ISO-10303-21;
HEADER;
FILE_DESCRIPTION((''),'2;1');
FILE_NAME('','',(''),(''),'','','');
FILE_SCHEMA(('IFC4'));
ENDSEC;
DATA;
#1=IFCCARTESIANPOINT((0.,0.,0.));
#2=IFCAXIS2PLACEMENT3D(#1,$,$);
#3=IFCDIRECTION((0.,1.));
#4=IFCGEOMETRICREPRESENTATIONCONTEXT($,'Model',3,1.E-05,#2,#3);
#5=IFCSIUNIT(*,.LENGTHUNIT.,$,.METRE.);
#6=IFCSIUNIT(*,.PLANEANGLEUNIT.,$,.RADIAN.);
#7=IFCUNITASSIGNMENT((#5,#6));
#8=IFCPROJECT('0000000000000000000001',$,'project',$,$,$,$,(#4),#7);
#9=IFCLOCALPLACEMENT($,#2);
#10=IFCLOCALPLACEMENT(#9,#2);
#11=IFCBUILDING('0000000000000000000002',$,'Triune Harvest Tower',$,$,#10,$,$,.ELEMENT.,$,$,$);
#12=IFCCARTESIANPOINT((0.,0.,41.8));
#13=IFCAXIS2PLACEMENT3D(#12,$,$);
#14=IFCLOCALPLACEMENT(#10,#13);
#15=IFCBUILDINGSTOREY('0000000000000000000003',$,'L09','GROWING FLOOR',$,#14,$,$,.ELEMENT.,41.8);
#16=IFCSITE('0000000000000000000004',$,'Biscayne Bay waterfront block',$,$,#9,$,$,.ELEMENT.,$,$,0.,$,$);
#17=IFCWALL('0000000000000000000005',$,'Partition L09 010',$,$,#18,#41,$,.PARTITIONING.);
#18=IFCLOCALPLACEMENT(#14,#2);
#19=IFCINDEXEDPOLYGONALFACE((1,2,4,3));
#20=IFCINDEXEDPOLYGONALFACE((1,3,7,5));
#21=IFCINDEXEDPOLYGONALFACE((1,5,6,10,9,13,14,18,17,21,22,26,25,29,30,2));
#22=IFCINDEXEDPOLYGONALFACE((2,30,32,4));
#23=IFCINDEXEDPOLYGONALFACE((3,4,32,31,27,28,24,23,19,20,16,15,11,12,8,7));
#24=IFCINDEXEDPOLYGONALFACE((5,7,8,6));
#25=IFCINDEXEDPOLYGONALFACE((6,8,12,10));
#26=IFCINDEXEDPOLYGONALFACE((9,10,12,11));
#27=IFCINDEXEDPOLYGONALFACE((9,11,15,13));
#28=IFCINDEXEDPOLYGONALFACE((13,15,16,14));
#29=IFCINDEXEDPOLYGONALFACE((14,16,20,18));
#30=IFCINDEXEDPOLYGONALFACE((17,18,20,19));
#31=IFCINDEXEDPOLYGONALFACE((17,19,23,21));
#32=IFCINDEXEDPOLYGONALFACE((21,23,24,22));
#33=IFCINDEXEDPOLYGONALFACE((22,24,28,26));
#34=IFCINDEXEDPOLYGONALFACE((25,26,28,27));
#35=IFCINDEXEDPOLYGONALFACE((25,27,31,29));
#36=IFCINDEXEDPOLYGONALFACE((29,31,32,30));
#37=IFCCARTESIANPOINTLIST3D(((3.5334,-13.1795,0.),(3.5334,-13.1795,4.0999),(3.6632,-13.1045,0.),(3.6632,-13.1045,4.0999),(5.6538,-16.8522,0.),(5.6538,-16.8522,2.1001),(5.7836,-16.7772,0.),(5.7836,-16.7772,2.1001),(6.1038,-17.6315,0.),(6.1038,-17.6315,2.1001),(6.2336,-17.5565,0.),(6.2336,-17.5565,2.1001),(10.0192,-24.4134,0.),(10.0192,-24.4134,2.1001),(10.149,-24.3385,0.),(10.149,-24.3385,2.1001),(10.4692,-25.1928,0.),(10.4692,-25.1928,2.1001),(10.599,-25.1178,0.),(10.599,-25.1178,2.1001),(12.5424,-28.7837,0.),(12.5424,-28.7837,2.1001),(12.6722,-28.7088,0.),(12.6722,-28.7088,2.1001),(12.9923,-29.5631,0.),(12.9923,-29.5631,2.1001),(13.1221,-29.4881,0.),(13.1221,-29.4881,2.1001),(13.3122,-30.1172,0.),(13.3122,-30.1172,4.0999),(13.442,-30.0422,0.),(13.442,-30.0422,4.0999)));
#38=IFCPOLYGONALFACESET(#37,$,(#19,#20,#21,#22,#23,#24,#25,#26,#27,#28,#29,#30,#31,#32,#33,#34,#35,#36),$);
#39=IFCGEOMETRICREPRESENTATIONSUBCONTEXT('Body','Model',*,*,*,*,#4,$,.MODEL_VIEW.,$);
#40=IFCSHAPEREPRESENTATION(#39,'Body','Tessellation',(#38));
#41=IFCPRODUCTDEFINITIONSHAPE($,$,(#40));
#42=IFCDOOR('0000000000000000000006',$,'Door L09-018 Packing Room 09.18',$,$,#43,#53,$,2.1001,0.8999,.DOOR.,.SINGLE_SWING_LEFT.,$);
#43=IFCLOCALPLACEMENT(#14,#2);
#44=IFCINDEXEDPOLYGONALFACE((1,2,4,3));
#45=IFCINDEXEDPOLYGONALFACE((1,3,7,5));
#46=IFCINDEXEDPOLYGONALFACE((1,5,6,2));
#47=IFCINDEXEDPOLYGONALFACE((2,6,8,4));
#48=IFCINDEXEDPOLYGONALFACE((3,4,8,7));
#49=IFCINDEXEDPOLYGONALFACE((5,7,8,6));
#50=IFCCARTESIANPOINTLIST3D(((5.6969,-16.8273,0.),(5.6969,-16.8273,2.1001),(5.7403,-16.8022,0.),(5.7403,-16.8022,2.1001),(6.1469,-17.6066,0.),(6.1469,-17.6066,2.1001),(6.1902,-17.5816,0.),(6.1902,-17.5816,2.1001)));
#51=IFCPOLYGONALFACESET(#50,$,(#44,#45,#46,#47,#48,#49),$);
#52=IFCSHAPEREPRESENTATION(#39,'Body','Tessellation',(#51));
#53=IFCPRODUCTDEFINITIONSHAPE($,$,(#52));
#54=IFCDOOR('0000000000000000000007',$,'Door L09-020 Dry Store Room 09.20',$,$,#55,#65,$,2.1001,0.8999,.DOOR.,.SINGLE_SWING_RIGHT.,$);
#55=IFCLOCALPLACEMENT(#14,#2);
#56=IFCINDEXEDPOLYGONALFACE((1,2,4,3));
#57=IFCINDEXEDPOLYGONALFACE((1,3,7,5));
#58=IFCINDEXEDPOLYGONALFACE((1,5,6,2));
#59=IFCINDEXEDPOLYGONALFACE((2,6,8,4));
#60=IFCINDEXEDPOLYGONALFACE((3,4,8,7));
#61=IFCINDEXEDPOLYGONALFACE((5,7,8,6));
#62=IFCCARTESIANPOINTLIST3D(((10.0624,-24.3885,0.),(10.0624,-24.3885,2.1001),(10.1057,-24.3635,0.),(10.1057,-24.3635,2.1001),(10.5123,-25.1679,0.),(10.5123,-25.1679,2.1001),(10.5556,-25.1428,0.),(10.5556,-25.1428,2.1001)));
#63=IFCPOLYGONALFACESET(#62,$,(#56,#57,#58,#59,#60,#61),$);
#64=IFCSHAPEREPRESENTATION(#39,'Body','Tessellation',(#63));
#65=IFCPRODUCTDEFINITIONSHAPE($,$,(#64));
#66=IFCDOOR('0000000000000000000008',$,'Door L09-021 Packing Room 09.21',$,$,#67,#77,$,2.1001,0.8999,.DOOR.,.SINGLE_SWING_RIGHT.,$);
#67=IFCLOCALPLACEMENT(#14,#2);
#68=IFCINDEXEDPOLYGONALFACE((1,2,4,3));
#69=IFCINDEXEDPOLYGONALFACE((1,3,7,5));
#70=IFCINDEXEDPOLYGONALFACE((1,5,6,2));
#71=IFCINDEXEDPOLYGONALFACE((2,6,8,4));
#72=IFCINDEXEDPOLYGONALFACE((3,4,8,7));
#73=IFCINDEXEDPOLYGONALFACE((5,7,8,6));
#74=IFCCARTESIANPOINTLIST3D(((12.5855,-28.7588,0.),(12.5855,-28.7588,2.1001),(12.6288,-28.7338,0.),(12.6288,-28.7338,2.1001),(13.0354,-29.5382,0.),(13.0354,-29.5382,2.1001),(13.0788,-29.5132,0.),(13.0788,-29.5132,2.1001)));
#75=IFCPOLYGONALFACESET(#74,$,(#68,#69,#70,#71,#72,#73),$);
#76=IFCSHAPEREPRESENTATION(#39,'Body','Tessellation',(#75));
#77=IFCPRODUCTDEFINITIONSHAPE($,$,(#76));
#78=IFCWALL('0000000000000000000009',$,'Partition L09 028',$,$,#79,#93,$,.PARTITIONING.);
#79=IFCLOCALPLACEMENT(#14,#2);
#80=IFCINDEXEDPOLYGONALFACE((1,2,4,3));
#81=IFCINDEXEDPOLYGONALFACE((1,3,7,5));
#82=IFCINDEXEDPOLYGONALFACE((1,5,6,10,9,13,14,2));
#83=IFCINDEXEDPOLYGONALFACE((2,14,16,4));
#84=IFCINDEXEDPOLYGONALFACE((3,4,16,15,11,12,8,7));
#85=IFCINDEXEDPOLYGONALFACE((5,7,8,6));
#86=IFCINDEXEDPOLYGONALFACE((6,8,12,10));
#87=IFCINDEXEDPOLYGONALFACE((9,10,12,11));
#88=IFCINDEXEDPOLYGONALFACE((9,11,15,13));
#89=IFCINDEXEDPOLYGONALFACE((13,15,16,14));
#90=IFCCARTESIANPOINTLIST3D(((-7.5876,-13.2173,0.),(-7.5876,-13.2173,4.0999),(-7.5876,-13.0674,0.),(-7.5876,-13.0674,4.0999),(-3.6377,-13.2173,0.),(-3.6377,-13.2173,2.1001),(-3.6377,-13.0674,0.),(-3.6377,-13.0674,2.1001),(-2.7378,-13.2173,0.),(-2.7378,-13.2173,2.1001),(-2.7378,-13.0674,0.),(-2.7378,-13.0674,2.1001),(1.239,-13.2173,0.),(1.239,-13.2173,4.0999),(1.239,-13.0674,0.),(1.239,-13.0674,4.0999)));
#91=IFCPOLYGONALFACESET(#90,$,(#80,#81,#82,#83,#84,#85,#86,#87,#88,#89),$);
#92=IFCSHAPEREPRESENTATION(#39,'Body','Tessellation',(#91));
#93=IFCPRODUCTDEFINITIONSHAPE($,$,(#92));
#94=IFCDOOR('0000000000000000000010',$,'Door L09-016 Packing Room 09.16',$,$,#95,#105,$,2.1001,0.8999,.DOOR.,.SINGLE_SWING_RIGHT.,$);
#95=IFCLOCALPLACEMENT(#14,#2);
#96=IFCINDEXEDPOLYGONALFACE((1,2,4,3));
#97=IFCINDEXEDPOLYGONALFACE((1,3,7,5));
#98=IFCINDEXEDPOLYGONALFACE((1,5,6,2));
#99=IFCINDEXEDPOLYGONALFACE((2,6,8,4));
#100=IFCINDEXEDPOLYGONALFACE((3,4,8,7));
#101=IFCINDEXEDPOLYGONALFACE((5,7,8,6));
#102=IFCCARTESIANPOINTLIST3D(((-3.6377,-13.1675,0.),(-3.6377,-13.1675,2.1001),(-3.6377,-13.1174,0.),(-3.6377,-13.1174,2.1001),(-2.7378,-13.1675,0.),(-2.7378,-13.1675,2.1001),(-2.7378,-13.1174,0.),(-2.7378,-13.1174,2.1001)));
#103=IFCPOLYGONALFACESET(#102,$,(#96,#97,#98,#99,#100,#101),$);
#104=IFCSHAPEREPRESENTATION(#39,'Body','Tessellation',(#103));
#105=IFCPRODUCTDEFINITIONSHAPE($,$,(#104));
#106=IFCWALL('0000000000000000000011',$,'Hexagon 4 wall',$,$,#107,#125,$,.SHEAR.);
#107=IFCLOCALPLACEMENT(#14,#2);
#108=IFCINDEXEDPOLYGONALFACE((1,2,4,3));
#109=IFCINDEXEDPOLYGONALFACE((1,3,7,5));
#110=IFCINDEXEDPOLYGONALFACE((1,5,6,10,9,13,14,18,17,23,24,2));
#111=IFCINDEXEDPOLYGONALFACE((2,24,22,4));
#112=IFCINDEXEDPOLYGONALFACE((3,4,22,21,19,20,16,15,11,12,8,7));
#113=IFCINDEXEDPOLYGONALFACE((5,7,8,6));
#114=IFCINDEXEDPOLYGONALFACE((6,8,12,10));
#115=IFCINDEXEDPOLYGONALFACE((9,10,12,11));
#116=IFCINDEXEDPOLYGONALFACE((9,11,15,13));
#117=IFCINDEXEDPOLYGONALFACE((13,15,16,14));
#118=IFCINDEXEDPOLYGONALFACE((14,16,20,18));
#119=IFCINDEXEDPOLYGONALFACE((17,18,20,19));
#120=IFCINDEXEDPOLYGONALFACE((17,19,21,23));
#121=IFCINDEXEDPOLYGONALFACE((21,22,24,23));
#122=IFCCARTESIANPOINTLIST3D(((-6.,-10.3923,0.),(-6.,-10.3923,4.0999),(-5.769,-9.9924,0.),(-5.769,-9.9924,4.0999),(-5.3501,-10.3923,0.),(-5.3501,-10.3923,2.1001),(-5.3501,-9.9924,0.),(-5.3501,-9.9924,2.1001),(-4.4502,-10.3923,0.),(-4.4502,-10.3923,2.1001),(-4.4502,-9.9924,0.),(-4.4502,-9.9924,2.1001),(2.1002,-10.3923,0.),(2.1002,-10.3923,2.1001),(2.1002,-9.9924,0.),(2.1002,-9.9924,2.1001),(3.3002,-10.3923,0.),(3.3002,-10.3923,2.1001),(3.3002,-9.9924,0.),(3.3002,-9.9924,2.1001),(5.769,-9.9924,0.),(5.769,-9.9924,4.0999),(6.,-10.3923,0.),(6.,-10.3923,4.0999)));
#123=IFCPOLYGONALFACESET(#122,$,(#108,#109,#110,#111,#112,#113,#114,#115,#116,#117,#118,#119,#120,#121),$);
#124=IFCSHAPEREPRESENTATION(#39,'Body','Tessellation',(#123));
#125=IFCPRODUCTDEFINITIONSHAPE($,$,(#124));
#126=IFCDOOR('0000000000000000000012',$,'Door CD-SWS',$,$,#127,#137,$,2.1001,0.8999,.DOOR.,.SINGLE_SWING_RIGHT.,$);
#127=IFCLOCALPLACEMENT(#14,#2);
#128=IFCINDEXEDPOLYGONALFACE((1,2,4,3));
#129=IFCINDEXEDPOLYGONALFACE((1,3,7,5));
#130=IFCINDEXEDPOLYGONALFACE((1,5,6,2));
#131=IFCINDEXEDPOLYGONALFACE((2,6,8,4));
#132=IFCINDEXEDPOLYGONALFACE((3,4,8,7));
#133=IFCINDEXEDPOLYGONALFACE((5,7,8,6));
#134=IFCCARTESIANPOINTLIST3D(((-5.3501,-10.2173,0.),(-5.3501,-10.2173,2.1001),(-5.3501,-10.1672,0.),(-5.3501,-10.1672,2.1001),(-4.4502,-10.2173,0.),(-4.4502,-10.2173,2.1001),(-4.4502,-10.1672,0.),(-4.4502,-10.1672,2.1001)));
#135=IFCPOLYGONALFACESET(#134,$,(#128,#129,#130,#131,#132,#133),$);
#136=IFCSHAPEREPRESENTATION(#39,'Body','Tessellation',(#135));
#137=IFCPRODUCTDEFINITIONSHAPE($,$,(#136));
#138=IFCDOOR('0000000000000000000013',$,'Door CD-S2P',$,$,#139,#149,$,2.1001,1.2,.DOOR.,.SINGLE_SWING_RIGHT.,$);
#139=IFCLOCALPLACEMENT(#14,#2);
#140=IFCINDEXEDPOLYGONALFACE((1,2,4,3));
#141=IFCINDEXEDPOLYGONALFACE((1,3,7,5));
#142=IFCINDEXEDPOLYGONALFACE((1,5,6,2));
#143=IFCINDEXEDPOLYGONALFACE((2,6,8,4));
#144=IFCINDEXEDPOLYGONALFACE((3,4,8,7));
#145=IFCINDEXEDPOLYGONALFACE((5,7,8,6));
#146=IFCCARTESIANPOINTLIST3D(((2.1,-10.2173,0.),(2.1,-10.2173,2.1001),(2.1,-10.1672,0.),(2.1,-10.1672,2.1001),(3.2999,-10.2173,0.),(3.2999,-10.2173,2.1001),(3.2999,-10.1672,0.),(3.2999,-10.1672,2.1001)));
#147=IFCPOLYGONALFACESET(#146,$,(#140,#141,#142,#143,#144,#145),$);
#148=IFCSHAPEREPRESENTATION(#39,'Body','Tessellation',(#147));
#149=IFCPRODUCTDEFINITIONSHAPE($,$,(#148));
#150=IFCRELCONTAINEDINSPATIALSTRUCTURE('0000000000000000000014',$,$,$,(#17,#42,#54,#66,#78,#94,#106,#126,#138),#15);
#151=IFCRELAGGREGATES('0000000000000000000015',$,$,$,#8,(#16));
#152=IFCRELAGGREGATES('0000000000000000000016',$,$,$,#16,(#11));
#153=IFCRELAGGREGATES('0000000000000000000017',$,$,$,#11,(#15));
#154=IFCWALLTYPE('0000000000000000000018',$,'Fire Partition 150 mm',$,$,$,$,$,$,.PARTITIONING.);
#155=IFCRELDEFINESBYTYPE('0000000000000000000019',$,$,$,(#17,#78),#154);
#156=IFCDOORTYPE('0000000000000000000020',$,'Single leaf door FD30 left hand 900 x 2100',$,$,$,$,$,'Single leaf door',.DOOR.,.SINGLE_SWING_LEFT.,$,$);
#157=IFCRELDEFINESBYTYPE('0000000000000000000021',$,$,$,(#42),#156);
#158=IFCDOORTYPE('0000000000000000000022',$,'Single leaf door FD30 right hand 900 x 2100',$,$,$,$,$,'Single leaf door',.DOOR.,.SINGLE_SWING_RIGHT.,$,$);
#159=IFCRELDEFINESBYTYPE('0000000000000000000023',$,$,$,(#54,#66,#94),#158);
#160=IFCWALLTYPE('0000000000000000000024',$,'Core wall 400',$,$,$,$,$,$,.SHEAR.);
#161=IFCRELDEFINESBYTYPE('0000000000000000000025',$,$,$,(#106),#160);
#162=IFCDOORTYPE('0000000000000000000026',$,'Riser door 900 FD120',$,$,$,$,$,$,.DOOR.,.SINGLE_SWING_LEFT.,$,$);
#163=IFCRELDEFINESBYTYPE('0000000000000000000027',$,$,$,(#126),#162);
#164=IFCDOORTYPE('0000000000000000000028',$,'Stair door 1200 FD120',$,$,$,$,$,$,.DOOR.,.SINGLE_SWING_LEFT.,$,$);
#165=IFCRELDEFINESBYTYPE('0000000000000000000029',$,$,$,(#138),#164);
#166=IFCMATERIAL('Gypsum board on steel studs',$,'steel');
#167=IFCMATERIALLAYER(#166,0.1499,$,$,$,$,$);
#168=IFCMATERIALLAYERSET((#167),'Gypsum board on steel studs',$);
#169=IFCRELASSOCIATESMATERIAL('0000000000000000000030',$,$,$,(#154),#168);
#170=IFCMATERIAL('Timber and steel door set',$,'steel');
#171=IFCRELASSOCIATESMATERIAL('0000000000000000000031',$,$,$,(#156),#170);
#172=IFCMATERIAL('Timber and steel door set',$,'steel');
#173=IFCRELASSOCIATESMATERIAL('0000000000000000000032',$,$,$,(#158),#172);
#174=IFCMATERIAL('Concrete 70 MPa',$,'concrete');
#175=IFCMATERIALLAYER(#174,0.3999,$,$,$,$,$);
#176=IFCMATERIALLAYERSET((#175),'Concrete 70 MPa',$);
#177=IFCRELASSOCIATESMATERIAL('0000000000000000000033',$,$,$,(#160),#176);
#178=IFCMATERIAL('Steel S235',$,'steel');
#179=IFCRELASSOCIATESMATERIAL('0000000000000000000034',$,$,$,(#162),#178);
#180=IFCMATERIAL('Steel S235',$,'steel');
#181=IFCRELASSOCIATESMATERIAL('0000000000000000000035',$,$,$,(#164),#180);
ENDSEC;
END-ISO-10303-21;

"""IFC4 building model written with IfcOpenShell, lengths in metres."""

from ifc_helpers import new_model, si_unit, direction, frame, frame_2d, origin, place, context, subcontext, project, spatial, polyline, rectangle, outline, extrude, source, transform, mapped, material, layer, layer_set, type_object, element, fill, save


model = new_model("IFC4")

# Units and contexts
model_context = context("Model", 3, precision=1e-05, world=origin(), true_north=direction((0.0, 1.0)))
body_context = subcontext(model_context, "Body", "Model", "MODEL_VIEW")
ifc_project = project(units=[si_unit("LENGTHUNIT", "METRE"), si_unit("PLANEANGLEUNIT", "RADIAN")], contexts=[model_context])

# Site, building, storey
site_placement = place(None, origin())
site = spatial("IfcSite", under=ifc_project, at=site_placement, Name="Biscayne Bay waterfront block", CompositionType="ELEMENT", RefElevation=0.0)
building_placement = place(site_placement, origin())
building = spatial("IfcBuilding", under=site, at=building_placement, Name="Triune Harvest Tower", CompositionType="ELEMENT")
storey_placement = place(building_placement, frame((0.0, 0.0, 41.8)))
storey = spatial("IfcBuildingStorey", under=building, at=storey_placement, Name="L09", Description="GROWING FLOOR", CompositionType="ELEMENT", Elevation=41.8)

# Shared definitions
ifc_material_1 = material(Name="Gypsum board on steel studs", Category="steel")
ifc_layer_1 = layer(ifc_material_1, 0.1499)
ifc_layer_set_1 = layer_set([ifc_layer_1], Name="Gypsum board on steel studs")
wall_type_1 = type_object("IfcWallType", Name="Fire Partition 150 mm", PredefinedType="PARTITIONING", material=ifc_layer_set_1)

# Wall, openings, doors
ifc_material_2 = material(Name="Timber and steel door set", Category="steel")
door_type_1 = type_object("IfcDoorType", Name="Single leaf door FD30 left hand 900 x 2100", ElementType="Single leaf door", OperationType="SINGLE_SWING_LEFT", PredefinedType="DOOR", material=ifc_material_2)
ifc_material_3 = material(Name="Timber and steel door set", Category="steel")
door_type_2 = type_object("IfcDoorType", Name="Single leaf door FD30 right hand 900 x 2100", ElementType="Single leaf door", OperationType="SINGLE_SWING_RIGHT", PredefinedType="DOOR", material=ifc_material_3)
wall_1_placement = place(storey_placement, frame((3.5984, -13.1421, 0.0), z_axis=(0.0, 0.0, 1.0), x_axis=(0.499992, -0.86603, 0.0)))
wall_1 = element("IfcWall", 1, at=wall_1_placement, inside=storey, type_object=wall_type_1, Name="Partition L09 010", PredefinedType="PARTITIONING", context=body_context, shape_type="SweptSolid", body=[
    extrude(rectangle(XDim=19.5579, YDim=0.1499, at=frame_2d((9.7788, 0.0))), origin(), (0.0, 0.0, 1.0), 4.0999),
])
opening_1_placement = place(wall_1_placement, frame((4.2407, 0.0, 0.0)))
opening_1 = element("IfcOpeningElement", 2, at=opening_1_placement, cuts=wall_1, PredefinedType="OPENING", context=body_context, shape_type="SweptSolid", body=[
    extrude(rectangle(XDim=0.8999, YDim=2.1001, at=frame_2d((0.45, 1.05))), frame((0.0, 0.085, 0.0), z_axis=(0.0, -1.0, 0.0), x_axis=(1.0, 0.0, 0.0)), (0.0, 0.0, 1.0), 0.1699),
])
opening_2_placement = place(wall_1_placement, frame((12.9717, 0.0, 0.0)))
opening_2 = element("IfcOpeningElement", 3, at=opening_2_placement, cuts=wall_1, PredefinedType="OPENING", context=body_context, shape_type="SweptSolid", body=[
    extrude(rectangle(XDim=0.8999, YDim=2.1001, at=frame_2d((0.45, 1.05))), frame((0.0, 0.085, 0.0), z_axis=(0.0, -1.0, 0.0), x_axis=(1.0, 0.0, 0.0)), (0.0, 0.0, 1.0), 0.1699),
])
opening_3_placement = place(wall_1_placement, frame((18.0181, 0.0, 0.0)))
opening_3 = element("IfcOpeningElement", 4, at=opening_3_placement, cuts=wall_1, PredefinedType="OPENING", context=body_context, shape_type="SweptSolid", body=[
    extrude(rectangle(XDim=0.8999, YDim=2.1001, at=frame_2d((0.45, 1.05))), frame((0.0, 0.085, 0.0), z_axis=(0.0, -1.0, 0.0), x_axis=(1.0, 0.0, 0.0)), (0.0, 0.0, 1.0), 0.1699),
])
door_1_placement = place(opening_1_placement, origin())
door_1 = element("IfcDoor", 5, at=door_1_placement, inside=storey, type_object=door_type_1, Name="Door L09-018 Packing Room 09.18", OperationType="SINGLE_SWING_LEFT", OverallHeight=2.1001, OverallWidth=0.8999, PredefinedType="DOOR", context=body_context, shape_type="SweptSolid", body=[
    extrude(rectangle(XDim=0.8999, YDim=2.1001, at=frame_2d((0.45, 1.05))), frame((0.0, 0.0249, 0.0), z_axis=(0.0, -1.0, 0.0), x_axis=(1.0, 0.0, 0.0)), (0.0, 0.0, 1.0), 0.05),
])
fill(opening_1, door_1)
door_2_placement = place(opening_2_placement, origin())
door_2 = element("IfcDoor", 6, at=door_2_placement, inside=storey, type_object=door_type_2, Name="Door L09-020 Dry Store Room 09.20", OperationType="SINGLE_SWING_RIGHT", OverallHeight=2.1001, OverallWidth=0.8999, PredefinedType="DOOR", context=body_context, shape_type="SweptSolid", body=[
    extrude(rectangle(XDim=0.8999, YDim=2.1001, at=frame_2d((0.45, 1.05))), frame((0.0, 0.0249, 0.0), z_axis=(0.0, -1.0, 0.0), x_axis=(1.0, 0.0, 0.0)), (0.0, 0.0, 1.0), 0.05),
])
fill(opening_2, door_2)
door_3_placement = place(opening_3_placement, origin())
door_3 = element("IfcDoor", 7, at=door_3_placement, inside=storey, type_object=door_type_2, Name="Door L09-021 Packing Room 09.21", OperationType="SINGLE_SWING_RIGHT", OverallHeight=2.1001, OverallWidth=0.8999, PredefinedType="DOOR", context=body_context, shape_type="SweptSolid", body=[
    extrude(rectangle(XDim=0.8999, YDim=2.1001, at=frame_2d((0.45, 1.05))), frame((0.0, 0.0249, 0.0), z_axis=(0.0, -1.0, 0.0), x_axis=(1.0, 0.0, 0.0)), (0.0, 0.0, 1.0), 0.05),
])
fill(opening_3, door_3)

# Wall, opening, door
wall_2_placement = place(storey_placement, frame((-7.5876, -13.1423, 0.0), z_axis=(0.0, 0.0, 1.0), x_axis=(1.0, 0.0, 0.0)))
wall_2 = element("IfcWall", 8, at=wall_2_placement, inside=storey, type_object=wall_type_1, Name="Partition L09 028", PredefinedType="PARTITIONING", context=body_context, shape_type="SweptSolid", body=[
    extrude(rectangle(XDim=8.8267, YDim=0.1499, at=frame_2d((4.4133, 0.0))), origin(), (0.0, 0.0, 1.0), 4.0999),
])
opening_4_placement = place(wall_2_placement, frame((3.95, 0.0, 0.0)))
opening_4 = element("IfcOpeningElement", 9, at=opening_4_placement, cuts=wall_2, PredefinedType="OPENING", context=body_context, shape_type="SweptSolid", body=[
    extrude(rectangle(XDim=0.8999, YDim=2.1001, at=frame_2d((0.45, 1.05))), frame((0.0, 0.085, 0.0), z_axis=(0.0, -1.0, 0.0), x_axis=(1.0, 0.0, 0.0)), (0.0, 0.0, 1.0), 0.1699),
])
door_4_placement = place(opening_4_placement, origin())
door_4 = element("IfcDoor", 10, at=door_4_placement, inside=storey, type_object=door_type_2, Name="Door L09-016 Packing Room 09.16", OperationType="SINGLE_SWING_RIGHT", OverallHeight=2.1001, OverallWidth=0.8999, PredefinedType="DOOR", context=body_context, shape_type="SweptSolid", body=[
    extrude(rectangle(XDim=0.8999, YDim=2.1001, at=frame_2d((0.45, 1.05))), frame((0.0, 0.0249, 0.0), z_axis=(0.0, -1.0, 0.0), x_axis=(1.0, 0.0, 0.0)), (0.0, 0.0, 1.0), 0.05),
])
fill(opening_4, door_4)

# Wall, openings, doors
ifc_material_4 = material(Name="Concrete 70 MPa", Category="concrete")
ifc_layer_2 = layer(ifc_material_4, 0.3999)
ifc_layer_set_2 = layer_set([ifc_layer_2], Name="Concrete 70 MPa")
wall_type_2 = type_object("IfcWallType", Name="Core wall 400", PredefinedType="SHEAR", material=ifc_layer_set_2)
shared_shape_1 = source(origin(), body_context, "Body", "SweptSolid", [
    extrude(outline(polyline([(-0.1155, -0.2), (11.8845, -0.2), (11.6536, 0.2), (0.1155, 0.2), (-0.1155, -0.2)])), origin(), (0.0, 0.0, 1.0), 4.0999),
])
wall_3_placement = place(storey_placement, frame((-5.8845, -10.1924, 0.0), z_axis=(0.0, 0.0, 1.0), x_axis=(1.0, 0.0, 0.0)))
wall_3 = element("IfcWall", 11, at=wall_3_placement, inside=storey, type_object=wall_type_2, Name="Hexagon 4 wall", PredefinedType="SHEAR", context=body_context, shape_type="MappedRepresentation", body=[
    mapped(shared_shape_1, transform((0.0, 0.0, 0.0), scale=1.0)),
])
opening_5_placement = place(wall_3_placement, frame((7.9846, 0.0, 0.0)))
opening_5 = element("IfcOpeningElement", 12, at=opening_5_placement, cuts=wall_3, PredefinedType="OPENING", context=body_context, shape_type="SweptSolid", body=[
    extrude(rectangle(XDim=1.2, YDim=2.1001, at=frame_2d((0.6001, 1.05))), frame((0.0, 0.21, 0.0), z_axis=(0.0, -1.0, 0.0), x_axis=(1.0, 0.0, 0.0)), (0.0, 0.0, 1.0), 0.4199),
])
opening_6_placement = place(wall_3_placement, frame((0.5344, 0.0, 0.0)))
opening_6 = element("IfcOpeningElement", 13, at=opening_6_placement, cuts=wall_3, PredefinedType="OPENING", context=body_context, shape_type="SweptSolid", body=[
    extrude(rectangle(XDim=0.8999, YDim=2.1001, at=frame_2d((0.45, 1.05))), frame((0.0, 0.21, 0.0), z_axis=(0.0, -1.0, 0.0), x_axis=(1.0, 0.0, 0.0)), (0.0, 0.0, 1.0), 0.4199),
])
ifc_material_5 = material(Name="Steel S235", Category="steel")
door_type_3 = type_object("IfcDoorType", Name="Riser door 900 FD120", OperationType="SINGLE_SWING_LEFT", PredefinedType="DOOR", material=ifc_material_5)
door_5_placement = place(opening_6_placement, frame((0.8999, 0.0, 0.0), z_axis=(0.0, 0.0, 1.0), x_axis=(-1.0, 0.0, 0.0)))
door_5 = element("IfcDoor", 14, at=door_5_placement, inside=storey, type_object=door_type_3, Name="Door CD-SWS", OperationType="SINGLE_SWING_RIGHT", OverallHeight=2.1001, OverallWidth=0.8999, PredefinedType="DOOR", context=body_context, shape_type="SweptSolid", body=[
    extrude(rectangle(XDim=0.8999, YDim=2.1001, at=frame_2d((0.45, 1.05))), frame((0.0, 0.0249, 0.0), z_axis=(0.0, -1.0, 0.0), x_axis=(1.0, 0.0, 0.0)), (0.0, 0.0, 1.0), 0.05),
])
fill(opening_6, door_5)
ifc_material_6 = material(Name="Steel S235", Category="steel")
door_type_4 = type_object("IfcDoorType", Name="Stair door 1200 FD120", OperationType="SINGLE_SWING_LEFT", PredefinedType="DOOR", material=ifc_material_6)
door_6_placement = place(opening_5_placement, frame((1.2, 0.0, 0.0), z_axis=(0.0, 0.0, 1.0), x_axis=(-1.0, 0.0, 0.0)))
door_6 = element("IfcDoor", 15, at=door_6_placement, inside=storey, type_object=door_type_4, Name="Door CD-S2P", OperationType="SINGLE_SWING_RIGHT", OverallHeight=2.1001, OverallWidth=1.2, PredefinedType="DOOR", context=body_context, shape_type="SweptSolid", body=[
    extrude(rectangle(XDim=1.2, YDim=2.1001, at=frame_2d((0.6001, 1.05))), frame((0.0, 0.0249, 0.0), z_axis=(0.0, -1.0, 0.0), x_axis=(1.0, 0.0, 0.0)), (0.0, 0.0, 1.0), 0.05),
])
fill(opening_5, door_6)

save(model, "model.ifc")
